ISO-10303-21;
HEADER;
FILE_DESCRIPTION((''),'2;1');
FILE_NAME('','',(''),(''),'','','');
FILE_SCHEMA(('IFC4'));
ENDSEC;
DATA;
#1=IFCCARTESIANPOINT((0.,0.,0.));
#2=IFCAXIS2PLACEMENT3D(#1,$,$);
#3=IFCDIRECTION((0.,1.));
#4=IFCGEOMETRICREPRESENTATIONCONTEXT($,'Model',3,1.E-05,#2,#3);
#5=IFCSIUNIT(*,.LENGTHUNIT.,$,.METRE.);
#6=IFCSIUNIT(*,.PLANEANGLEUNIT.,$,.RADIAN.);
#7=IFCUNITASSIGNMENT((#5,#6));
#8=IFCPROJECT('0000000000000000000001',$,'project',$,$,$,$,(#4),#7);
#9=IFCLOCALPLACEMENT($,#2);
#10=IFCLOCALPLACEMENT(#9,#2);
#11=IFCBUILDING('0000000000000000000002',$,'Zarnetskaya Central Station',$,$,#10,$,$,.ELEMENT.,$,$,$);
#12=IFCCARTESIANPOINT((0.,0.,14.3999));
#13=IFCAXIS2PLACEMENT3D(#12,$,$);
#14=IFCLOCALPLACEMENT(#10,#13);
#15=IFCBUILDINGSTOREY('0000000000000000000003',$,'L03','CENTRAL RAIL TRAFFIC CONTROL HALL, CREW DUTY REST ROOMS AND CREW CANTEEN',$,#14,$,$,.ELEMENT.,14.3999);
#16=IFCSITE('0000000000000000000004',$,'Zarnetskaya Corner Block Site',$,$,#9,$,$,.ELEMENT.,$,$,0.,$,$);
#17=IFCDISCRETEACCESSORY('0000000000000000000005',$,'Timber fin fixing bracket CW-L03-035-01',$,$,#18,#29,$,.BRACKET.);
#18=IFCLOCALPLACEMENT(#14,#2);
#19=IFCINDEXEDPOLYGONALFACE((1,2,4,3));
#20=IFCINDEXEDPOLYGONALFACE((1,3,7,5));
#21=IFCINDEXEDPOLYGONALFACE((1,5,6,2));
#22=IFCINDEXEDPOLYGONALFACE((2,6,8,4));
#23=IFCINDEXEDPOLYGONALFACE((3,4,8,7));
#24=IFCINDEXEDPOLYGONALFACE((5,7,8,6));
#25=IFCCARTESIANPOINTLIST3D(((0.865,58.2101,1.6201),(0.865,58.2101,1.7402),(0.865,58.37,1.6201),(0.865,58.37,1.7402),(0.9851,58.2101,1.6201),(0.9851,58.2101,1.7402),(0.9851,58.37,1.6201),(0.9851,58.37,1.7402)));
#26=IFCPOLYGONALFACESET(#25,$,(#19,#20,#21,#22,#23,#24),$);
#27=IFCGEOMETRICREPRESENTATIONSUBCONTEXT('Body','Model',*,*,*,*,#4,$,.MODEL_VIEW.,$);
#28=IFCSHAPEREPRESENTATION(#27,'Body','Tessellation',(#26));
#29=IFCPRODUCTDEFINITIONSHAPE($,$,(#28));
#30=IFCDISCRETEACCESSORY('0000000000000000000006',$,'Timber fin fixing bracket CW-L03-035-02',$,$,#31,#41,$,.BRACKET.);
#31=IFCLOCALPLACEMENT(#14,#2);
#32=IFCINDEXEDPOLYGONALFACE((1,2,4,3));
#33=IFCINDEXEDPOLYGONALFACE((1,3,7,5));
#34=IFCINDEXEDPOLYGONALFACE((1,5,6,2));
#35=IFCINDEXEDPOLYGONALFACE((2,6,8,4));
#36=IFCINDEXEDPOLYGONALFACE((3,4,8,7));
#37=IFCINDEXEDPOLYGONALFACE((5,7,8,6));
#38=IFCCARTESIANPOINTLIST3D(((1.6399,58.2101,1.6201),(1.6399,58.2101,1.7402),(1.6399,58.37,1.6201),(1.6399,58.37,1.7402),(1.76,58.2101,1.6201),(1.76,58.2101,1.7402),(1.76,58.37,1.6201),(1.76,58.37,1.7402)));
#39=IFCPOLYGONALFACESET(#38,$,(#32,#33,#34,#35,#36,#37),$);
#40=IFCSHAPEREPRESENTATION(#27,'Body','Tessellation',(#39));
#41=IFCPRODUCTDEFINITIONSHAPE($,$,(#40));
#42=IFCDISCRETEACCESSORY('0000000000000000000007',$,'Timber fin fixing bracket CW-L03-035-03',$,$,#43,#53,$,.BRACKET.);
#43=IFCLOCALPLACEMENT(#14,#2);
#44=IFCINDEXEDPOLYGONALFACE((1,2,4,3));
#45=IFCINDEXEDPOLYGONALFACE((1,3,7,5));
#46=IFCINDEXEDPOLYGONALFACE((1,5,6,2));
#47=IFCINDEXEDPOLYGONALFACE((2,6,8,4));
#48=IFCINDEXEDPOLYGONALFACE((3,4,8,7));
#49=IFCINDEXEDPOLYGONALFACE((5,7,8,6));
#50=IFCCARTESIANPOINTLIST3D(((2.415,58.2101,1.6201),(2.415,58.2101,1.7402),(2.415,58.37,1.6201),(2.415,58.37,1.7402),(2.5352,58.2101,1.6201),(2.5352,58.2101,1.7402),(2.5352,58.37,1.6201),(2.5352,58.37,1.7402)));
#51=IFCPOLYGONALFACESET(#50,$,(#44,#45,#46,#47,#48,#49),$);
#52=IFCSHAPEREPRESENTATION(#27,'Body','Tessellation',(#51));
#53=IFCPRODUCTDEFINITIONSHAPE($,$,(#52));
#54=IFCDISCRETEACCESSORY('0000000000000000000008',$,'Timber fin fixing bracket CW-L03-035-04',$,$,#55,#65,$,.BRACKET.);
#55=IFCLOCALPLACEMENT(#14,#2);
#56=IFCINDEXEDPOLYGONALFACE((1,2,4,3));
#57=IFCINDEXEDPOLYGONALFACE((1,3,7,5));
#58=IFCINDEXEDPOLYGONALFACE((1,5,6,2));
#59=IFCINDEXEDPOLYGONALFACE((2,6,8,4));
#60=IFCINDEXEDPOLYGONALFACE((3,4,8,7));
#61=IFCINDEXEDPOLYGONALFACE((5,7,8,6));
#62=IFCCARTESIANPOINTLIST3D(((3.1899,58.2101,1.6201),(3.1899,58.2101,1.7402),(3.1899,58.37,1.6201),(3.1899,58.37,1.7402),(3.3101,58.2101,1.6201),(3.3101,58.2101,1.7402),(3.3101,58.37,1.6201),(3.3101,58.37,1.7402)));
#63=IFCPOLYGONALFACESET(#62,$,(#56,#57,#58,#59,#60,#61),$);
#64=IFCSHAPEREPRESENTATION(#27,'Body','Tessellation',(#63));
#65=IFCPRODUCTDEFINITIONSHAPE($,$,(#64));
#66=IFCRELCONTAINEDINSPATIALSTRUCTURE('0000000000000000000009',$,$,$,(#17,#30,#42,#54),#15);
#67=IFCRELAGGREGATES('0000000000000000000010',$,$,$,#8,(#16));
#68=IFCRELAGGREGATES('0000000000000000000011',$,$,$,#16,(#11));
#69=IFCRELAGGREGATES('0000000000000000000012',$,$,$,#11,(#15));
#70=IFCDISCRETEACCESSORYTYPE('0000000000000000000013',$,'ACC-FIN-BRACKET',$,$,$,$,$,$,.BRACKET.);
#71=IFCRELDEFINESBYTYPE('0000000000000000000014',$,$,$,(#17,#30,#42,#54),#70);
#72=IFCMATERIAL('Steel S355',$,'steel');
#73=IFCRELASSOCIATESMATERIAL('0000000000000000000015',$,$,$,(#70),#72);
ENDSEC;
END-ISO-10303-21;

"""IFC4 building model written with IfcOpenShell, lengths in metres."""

from ifc_helpers import new_model, si_unit, direction, frame, origin, origin_2d, place, context, subcontext, project, spatial, rectangle, extrude, material, type_object, element, save


model = new_model("IFC4")

# Units and contexts
model_context = context("Model", 3, precision=1e-05, world=origin(), true_north=direction((0.0, 1.0)))
body_context = subcontext(model_context, "Body", "Model", "MODEL_VIEW")
ifc_project = project(units=[si_unit("LENGTHUNIT", "METRE"), si_unit("PLANEANGLEUNIT", "RADIAN")], contexts=[model_context])

# Site, building, storey
site_placement = place(None, origin())
site = spatial("IfcSite", under=ifc_project, at=site_placement, Name="Zarnetskaya Corner Block Site", CompositionType="ELEMENT", RefElevation=0.0)
building_placement = place(site_placement, origin())
building = spatial("IfcBuilding", under=site, at=building_placement, Name="Zarnetskaya Central Station", CompositionType="ELEMENT")
storey_placement = place(building_placement, frame((0.0, 0.0, 14.3999)))
storey = spatial("IfcBuildingStorey", under=building, at=storey_placement, Name="L03", Description="CENTRAL RAIL TRAFFIC CONTROL HALL, CREW DUTY REST ROOMS AND CREW CANTEEN", CompositionType="ELEMENT", Elevation=14.3999)

# Shared definitions
ifc_material_1 = material(Name="Steel S355", Category="steel")

# Discrete accessories
discrete_accessory_type = type_object("IfcDiscreteAccessoryType", Name="ACC-FIN-BRACKET", PredefinedType="BRACKET", material=ifc_material_1)
for number, where, z_axis, x_axis, name in (
    (1, (0.925, 58.29, 1.6201), (0.0, 0.0, 1.0), (1.0, 0.0, 0.0), "Timber fin fixing bracket CW-L03-035-01"),
    (2, (1.7, 58.29, 1.6201), (0.0, 0.0, 1.0), (1.0, 0.0, 0.0), "Timber fin fixing bracket CW-L03-035-02"),
    (3, (2.4751, 58.29, 1.6201), (0.0, 0.0, 1.0), (1.0, 0.0, 0.0), "Timber fin fixing bracket CW-L03-035-03"),
    (4, (3.25, 58.29, 1.6201), (0.0, 0.0, 1.0), (1.0, 0.0, 0.0), "Timber fin fixing bracket CW-L03-035-04"),
):
    element("IfcDiscreteAccessory", number, at=place(storey_placement, frame(where, z_axis=z_axis, x_axis=x_axis)), inside=storey, type_object=discrete_accessory_type, Name=name, PredefinedType="BRACKET", context=body_context, shape_type="SweptSolid", body=[
        extrude(rectangle(XDim=0.1201, YDim=0.1599, at=origin_2d()), origin(), (0.0, 0.0, 1.0), 0.1201),
    ])

save(model, "model.ifc")
